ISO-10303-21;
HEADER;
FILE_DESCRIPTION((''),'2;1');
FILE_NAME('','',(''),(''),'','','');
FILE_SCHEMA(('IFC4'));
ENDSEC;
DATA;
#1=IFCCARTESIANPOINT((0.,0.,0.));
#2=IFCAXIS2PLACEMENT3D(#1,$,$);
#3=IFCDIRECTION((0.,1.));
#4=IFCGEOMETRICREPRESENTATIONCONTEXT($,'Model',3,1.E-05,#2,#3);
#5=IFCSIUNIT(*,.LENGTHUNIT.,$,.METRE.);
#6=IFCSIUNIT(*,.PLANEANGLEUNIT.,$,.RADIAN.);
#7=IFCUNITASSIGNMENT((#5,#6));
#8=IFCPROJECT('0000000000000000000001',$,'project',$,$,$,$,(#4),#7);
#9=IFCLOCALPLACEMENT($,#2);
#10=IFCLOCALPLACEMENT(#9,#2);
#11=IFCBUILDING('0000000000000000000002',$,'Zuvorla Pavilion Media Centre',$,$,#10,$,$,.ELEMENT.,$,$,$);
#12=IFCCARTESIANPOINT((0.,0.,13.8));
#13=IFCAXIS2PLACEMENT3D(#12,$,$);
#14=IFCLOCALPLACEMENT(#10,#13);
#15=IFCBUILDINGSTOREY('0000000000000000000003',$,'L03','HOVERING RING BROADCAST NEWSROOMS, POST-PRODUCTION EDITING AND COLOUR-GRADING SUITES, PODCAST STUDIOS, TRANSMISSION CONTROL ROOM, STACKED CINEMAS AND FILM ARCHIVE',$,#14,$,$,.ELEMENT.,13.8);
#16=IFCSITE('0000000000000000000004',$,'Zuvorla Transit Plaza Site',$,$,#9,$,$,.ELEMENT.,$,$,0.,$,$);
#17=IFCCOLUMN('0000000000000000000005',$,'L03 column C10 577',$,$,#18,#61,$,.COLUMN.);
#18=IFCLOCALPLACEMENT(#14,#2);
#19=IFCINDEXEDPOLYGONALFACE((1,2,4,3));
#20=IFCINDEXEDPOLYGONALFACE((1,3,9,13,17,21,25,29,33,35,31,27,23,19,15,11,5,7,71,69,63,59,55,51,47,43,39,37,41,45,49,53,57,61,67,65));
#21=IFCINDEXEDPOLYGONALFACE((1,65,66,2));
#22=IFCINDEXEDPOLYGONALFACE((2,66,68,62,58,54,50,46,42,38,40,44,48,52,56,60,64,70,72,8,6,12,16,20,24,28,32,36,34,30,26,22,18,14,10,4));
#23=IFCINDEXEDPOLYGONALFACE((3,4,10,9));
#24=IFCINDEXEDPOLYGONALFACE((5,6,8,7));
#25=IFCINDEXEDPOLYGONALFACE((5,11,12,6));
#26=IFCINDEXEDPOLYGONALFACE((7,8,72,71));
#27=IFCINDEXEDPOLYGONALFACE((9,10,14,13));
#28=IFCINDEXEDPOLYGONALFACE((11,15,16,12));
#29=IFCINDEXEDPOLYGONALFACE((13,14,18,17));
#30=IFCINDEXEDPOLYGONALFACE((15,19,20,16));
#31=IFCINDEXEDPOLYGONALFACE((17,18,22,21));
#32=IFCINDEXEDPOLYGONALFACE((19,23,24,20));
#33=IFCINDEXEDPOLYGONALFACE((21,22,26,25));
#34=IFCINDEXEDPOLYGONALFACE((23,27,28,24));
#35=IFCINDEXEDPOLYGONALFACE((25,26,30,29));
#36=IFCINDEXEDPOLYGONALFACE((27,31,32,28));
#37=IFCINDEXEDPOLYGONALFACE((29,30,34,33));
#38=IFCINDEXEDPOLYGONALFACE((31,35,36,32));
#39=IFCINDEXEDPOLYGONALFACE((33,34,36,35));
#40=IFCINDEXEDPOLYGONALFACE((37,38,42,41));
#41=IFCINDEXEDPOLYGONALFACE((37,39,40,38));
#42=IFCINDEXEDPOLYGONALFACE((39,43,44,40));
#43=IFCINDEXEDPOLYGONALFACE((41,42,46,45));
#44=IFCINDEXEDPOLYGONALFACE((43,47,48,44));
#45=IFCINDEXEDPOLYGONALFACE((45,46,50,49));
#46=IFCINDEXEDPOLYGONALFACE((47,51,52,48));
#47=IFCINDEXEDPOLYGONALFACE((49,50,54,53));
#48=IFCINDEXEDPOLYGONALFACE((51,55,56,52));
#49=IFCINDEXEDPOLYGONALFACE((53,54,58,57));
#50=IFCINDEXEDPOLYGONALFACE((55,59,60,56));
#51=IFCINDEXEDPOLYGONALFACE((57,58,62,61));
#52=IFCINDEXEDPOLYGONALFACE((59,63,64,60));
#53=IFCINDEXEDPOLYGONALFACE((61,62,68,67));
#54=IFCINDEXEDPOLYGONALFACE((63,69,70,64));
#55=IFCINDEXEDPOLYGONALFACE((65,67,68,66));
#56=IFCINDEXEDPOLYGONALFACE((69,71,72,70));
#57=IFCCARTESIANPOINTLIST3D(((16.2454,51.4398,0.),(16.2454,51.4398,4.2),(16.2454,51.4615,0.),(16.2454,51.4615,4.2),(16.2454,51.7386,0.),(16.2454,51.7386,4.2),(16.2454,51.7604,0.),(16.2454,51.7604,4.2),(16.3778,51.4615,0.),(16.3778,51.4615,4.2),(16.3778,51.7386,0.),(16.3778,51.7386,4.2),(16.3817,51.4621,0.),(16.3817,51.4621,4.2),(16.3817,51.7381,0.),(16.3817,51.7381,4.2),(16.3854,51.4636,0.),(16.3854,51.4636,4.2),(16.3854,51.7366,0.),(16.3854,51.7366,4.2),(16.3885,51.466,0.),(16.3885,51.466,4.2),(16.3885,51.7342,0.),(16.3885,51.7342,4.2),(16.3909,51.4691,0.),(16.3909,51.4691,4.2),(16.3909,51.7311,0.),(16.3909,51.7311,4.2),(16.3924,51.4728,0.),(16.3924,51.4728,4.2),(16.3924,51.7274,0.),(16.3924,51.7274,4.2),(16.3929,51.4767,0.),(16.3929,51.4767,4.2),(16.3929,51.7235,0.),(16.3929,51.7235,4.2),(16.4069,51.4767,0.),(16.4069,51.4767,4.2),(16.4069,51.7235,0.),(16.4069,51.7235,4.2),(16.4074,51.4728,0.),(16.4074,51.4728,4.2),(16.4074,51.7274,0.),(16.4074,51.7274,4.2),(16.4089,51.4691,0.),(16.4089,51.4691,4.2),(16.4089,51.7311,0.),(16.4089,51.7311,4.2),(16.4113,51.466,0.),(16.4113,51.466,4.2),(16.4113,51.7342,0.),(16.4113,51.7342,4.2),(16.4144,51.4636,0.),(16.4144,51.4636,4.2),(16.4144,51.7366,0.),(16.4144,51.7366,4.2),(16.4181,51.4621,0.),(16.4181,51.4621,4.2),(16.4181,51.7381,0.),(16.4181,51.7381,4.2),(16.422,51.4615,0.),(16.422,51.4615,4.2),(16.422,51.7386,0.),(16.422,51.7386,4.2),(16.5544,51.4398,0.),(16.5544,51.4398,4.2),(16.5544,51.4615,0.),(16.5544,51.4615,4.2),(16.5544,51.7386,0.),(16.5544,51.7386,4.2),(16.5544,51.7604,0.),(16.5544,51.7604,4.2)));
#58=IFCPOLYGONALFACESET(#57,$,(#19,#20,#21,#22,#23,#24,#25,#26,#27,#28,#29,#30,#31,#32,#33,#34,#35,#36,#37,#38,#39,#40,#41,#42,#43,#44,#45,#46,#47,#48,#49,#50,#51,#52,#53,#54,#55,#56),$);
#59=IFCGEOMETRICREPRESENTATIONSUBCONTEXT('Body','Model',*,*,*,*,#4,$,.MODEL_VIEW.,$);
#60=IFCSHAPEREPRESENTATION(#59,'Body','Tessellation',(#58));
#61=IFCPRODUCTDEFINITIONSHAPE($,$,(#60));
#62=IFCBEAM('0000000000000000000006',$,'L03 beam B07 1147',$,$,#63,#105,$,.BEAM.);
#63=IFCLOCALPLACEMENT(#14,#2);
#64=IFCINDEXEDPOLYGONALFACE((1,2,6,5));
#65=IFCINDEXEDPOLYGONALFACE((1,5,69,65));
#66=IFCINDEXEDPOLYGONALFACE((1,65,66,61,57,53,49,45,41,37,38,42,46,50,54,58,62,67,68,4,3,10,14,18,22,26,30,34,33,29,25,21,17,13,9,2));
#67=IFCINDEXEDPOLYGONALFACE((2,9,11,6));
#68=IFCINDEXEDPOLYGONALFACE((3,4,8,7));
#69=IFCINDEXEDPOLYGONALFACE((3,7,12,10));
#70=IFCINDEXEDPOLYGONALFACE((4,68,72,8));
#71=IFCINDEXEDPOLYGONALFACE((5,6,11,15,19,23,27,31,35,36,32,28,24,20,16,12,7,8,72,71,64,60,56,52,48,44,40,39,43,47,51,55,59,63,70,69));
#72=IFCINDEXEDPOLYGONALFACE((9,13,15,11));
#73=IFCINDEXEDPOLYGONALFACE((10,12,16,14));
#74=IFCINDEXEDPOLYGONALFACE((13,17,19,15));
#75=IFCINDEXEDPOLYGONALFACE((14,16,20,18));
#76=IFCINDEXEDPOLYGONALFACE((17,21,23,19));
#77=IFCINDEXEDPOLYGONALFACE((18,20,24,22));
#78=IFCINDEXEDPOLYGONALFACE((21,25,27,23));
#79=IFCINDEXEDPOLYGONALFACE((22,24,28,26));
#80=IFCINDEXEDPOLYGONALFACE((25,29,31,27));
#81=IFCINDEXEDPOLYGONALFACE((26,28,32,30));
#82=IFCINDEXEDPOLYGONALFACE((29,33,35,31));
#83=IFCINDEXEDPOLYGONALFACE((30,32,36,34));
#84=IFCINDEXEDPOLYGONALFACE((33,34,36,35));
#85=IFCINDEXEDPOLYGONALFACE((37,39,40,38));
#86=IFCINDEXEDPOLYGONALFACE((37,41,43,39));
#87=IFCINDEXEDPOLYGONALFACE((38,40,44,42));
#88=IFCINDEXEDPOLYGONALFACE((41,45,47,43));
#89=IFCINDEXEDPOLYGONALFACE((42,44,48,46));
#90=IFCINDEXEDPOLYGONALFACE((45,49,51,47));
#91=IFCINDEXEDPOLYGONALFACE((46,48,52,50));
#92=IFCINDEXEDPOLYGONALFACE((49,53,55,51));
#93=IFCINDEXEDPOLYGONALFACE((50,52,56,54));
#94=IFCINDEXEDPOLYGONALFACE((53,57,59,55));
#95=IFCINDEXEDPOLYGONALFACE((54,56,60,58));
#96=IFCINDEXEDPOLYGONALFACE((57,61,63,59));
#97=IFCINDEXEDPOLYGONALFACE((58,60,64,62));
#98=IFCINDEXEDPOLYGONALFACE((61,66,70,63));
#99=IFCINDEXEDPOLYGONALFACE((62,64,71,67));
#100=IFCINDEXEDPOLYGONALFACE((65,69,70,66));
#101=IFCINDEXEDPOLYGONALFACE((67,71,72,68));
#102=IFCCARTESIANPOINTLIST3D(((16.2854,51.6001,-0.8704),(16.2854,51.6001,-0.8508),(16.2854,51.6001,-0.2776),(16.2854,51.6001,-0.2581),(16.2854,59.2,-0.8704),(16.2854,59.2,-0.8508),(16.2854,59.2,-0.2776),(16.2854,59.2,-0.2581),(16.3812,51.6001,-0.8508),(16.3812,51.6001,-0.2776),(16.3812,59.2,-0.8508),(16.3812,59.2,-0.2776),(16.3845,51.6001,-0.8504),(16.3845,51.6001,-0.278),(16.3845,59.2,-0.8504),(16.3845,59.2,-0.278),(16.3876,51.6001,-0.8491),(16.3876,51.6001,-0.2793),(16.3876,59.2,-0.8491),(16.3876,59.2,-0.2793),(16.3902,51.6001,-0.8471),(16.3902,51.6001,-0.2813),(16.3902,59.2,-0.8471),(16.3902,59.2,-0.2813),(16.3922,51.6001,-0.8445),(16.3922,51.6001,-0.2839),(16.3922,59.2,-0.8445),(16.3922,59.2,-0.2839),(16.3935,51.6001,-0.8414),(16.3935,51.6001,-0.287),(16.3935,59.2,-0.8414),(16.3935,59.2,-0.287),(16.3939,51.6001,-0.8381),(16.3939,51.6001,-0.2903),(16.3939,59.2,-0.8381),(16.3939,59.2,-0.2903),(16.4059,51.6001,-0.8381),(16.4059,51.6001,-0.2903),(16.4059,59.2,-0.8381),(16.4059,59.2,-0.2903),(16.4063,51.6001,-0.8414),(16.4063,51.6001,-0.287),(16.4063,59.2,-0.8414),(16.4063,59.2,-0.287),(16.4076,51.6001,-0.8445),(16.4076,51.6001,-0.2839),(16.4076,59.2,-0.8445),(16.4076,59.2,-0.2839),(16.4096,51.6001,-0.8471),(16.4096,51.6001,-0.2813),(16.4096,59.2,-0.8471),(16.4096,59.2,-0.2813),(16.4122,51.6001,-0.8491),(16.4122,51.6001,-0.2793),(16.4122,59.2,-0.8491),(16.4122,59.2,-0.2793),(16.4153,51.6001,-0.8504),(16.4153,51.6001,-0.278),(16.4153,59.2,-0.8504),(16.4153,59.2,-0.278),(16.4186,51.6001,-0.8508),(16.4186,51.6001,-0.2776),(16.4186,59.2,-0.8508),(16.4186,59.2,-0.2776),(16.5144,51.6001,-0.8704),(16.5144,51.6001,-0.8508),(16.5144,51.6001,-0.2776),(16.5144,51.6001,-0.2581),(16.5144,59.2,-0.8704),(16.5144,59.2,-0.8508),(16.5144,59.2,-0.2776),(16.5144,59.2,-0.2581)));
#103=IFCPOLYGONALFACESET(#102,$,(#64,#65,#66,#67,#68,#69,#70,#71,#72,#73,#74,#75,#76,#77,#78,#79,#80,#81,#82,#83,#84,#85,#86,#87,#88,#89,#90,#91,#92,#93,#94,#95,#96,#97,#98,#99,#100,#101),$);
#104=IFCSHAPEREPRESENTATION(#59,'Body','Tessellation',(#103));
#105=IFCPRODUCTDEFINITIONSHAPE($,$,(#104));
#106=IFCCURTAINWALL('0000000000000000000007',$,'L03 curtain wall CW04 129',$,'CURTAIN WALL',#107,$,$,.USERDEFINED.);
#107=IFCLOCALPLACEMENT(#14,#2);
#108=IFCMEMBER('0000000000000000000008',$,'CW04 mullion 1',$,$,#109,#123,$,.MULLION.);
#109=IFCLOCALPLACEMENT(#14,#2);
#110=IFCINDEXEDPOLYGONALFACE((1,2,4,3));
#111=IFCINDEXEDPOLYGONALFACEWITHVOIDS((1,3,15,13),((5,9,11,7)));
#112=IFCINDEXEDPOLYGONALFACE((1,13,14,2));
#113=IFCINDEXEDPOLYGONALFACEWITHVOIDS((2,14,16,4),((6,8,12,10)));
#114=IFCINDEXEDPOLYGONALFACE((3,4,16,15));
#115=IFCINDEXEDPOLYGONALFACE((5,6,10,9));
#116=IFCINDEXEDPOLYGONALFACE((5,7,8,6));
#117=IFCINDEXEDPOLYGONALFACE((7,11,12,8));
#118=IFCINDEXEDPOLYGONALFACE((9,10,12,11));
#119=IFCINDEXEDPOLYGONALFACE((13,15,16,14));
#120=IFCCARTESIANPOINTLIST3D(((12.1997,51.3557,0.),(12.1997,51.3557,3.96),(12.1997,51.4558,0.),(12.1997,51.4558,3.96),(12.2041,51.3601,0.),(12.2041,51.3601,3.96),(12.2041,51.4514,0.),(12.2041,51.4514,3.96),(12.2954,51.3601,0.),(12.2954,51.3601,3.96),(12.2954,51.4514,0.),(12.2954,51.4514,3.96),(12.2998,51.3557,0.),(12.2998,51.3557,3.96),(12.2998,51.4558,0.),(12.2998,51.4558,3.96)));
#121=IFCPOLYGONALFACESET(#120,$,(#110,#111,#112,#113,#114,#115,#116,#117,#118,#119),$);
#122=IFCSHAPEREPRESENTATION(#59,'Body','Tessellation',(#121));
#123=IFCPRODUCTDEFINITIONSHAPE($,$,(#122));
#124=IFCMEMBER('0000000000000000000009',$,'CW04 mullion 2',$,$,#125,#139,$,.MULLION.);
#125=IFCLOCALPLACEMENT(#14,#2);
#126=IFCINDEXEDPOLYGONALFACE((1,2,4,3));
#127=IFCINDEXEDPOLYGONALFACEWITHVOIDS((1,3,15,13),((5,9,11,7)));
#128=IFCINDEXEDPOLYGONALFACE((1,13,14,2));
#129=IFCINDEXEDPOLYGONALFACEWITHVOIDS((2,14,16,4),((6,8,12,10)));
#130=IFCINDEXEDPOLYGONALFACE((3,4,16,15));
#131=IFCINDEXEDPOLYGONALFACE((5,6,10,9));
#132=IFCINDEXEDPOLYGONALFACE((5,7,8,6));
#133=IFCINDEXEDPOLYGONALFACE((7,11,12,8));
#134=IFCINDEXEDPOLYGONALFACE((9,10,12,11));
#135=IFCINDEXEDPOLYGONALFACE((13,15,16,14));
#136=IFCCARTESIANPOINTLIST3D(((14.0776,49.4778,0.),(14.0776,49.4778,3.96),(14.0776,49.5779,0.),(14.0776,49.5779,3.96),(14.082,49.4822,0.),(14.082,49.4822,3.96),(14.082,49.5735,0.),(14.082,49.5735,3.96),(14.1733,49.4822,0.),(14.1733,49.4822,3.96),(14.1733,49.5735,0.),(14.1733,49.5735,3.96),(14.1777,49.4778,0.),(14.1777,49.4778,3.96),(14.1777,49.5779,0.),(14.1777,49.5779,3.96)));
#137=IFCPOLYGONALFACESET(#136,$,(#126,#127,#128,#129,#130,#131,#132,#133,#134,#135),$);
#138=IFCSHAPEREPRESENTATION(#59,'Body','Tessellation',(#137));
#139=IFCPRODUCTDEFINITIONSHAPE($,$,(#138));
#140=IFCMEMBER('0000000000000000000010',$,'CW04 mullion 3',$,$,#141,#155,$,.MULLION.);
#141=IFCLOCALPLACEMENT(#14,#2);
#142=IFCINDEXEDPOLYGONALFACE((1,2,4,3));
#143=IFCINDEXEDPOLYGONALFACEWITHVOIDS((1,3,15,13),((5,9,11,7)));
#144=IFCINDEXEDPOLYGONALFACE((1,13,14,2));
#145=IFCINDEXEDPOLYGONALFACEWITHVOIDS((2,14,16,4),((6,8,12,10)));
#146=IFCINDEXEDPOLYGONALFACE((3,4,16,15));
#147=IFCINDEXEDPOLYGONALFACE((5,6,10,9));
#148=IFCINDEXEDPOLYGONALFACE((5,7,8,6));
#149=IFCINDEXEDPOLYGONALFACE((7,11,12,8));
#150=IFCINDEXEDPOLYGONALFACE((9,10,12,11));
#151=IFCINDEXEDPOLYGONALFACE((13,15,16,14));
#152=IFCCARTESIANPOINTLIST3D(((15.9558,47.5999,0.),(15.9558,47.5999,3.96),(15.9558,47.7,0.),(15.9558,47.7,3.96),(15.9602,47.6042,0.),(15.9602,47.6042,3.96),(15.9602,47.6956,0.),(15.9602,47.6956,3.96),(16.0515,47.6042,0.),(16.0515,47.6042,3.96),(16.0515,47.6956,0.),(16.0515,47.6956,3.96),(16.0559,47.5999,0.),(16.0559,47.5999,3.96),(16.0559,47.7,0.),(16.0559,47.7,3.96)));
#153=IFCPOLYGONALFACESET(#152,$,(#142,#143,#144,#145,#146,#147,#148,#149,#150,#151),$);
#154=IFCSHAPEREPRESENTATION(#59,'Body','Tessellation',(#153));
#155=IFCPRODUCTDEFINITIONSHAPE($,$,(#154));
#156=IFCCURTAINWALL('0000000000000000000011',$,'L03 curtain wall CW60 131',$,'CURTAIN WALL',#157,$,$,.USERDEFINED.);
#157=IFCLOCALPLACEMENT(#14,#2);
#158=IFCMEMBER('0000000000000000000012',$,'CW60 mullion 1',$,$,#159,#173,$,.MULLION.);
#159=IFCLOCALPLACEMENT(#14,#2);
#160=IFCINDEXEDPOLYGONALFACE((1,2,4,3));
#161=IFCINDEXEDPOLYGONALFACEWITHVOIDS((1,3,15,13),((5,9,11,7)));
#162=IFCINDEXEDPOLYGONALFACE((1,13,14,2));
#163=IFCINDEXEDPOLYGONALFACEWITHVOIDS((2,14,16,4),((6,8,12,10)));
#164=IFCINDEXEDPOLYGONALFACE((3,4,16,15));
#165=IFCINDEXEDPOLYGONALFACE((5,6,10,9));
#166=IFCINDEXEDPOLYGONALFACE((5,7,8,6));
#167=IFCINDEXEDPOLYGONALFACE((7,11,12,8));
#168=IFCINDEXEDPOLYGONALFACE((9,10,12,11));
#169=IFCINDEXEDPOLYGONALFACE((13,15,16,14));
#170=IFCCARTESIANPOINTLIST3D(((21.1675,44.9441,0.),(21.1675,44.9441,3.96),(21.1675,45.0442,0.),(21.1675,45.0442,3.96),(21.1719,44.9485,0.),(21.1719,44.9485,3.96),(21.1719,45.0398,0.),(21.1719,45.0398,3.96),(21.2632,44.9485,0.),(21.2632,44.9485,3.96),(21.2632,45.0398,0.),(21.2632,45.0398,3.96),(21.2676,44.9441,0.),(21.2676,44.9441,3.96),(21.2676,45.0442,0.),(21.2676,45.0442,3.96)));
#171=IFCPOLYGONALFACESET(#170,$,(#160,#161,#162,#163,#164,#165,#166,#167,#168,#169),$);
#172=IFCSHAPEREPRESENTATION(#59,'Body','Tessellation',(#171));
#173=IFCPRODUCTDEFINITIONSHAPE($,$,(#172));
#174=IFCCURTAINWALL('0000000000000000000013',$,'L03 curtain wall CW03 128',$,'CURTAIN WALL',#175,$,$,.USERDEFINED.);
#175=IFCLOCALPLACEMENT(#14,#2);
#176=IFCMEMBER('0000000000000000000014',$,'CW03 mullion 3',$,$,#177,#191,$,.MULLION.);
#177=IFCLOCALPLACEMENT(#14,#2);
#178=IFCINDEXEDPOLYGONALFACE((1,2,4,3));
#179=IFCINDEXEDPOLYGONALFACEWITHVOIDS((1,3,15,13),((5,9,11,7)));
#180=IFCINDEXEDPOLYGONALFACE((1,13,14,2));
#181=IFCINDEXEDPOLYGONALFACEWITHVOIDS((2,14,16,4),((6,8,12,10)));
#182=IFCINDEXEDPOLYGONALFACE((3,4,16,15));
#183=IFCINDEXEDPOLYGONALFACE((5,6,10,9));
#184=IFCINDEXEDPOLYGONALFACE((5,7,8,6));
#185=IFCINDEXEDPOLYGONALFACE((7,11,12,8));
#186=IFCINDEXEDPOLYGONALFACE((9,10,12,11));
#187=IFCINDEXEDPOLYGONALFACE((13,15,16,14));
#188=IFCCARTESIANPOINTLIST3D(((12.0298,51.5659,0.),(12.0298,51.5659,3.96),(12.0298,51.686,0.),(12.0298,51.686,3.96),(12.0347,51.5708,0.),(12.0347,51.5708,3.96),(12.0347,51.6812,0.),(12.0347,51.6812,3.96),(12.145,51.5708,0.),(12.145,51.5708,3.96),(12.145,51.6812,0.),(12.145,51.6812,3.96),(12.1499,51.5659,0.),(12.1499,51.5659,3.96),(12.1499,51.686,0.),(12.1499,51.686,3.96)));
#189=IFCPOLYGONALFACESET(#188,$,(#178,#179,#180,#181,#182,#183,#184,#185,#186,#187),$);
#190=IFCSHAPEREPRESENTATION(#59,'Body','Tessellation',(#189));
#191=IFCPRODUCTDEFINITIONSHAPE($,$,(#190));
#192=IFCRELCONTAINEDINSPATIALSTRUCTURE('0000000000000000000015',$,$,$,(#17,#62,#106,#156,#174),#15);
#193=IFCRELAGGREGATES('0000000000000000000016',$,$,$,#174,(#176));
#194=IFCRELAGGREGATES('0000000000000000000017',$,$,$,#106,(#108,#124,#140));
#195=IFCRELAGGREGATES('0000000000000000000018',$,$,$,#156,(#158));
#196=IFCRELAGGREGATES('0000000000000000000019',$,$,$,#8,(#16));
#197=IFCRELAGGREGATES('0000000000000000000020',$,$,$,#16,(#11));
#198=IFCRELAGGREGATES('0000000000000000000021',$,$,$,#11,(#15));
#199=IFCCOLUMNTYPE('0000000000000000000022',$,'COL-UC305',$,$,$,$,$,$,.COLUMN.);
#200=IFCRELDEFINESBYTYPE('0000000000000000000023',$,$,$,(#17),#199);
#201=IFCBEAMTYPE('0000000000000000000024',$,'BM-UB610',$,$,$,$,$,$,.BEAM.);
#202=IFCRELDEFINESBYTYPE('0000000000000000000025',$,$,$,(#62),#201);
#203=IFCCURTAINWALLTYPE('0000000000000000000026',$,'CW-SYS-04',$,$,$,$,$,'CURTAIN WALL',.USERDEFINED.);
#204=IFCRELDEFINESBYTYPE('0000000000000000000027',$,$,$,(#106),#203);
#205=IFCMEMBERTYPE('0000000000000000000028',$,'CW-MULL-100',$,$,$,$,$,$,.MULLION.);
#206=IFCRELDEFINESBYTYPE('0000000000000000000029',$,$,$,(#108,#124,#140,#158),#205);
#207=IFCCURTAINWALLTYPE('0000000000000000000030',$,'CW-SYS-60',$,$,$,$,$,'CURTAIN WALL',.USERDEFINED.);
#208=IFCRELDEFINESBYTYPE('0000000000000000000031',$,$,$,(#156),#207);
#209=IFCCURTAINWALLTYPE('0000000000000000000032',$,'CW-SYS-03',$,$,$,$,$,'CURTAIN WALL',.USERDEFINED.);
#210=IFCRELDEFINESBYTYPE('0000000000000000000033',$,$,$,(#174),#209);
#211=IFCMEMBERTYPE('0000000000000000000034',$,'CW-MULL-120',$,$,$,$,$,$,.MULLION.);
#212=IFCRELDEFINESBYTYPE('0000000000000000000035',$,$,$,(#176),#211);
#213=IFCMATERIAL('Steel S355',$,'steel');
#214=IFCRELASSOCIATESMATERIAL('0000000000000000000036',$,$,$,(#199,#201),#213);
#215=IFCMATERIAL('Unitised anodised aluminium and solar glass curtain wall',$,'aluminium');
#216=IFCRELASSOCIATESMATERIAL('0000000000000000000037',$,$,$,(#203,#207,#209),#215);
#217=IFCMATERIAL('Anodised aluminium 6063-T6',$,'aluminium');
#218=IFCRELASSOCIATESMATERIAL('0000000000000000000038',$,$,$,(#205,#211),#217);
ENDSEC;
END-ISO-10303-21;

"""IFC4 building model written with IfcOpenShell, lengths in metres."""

from ifc_helpers import new_model, si_unit, direction, frame, origin, origin_2d, place, context, subcontext, project, spatial, hollow_rectangle, i_section, extrude, material, material_profile, profile_set, type_object, element, aggregate, save


model = new_model("IFC4")

# Units and contexts
model_context = context("Model", 3, precision=1e-05, world=origin(), true_north=direction((0.0, 1.0)))
body_context = subcontext(model_context, "Body", "Model", "MODEL_VIEW")
ifc_project = project(units=[si_unit("LENGTHUNIT", "METRE"), si_unit("PLANEANGLEUNIT", "RADIAN")], contexts=[model_context])

# Site, building, storey
site_placement = place(None, origin())
site = spatial("IfcSite", under=ifc_project, at=site_placement, Name="Zuvorla Transit Plaza Site", CompositionType="ELEMENT", RefElevation=0.0)
building_placement = place(site_placement, origin())
building = spatial("IfcBuilding", under=site, at=building_placement, Name="Zuvorla Pavilion Media Centre", CompositionType="ELEMENT")
storey_placement = place(building_placement, frame((0.0, 0.0, 13.8)))
storey = spatial("IfcBuildingStorey", under=building, at=storey_placement, Name="L03", Description="HOVERING RING BROADCAST NEWSROOMS, POST-PRODUCTION EDITING AND COLOUR-GRADING SUITES, PODCAST STUDIOS, TRANSMISSION CONTROL ROOM, STACKED CINEMAS AND FILM ARCHIVE", CompositionType="ELEMENT", Elevation=13.8)

# Column
ifc_material_1 = material(Name="Steel S355", Category="steel")
ifc_material_profile_1 = material_profile(ifc_material_1, i_section(OverallWidth=0.3091, OverallDepth=0.3206, WebThickness=0.0139, FlangeThickness=0.0217, FilletRadius=0.0151, at=origin_2d()), Name="UC 305x305x137")
ifc_profile_set_1 = profile_set([ifc_material_profile_1], Name="Steel S355")
column_type = type_object("IfcColumnType", Name="COL-UC305", PredefinedType="COLUMN", material=ifc_profile_set_1)
column_placement = place(storey_placement, frame((16.3999, 51.6001, 0.0), z_axis=(0.0, 0.0, 1.0), x_axis=(1.0, 0.0, 0.0)))
element("IfcColumn", 1, at=column_placement, inside=storey, type_object=column_type, Name="L03 column C10 577", PredefinedType="COLUMN", context=body_context, shape_type="SweptSolid", body=[
    extrude(i_section(OverallWidth=0.3091, OverallDepth=0.3206, WebThickness=0.0139, FlangeThickness=0.0217, FilletRadius=0.0151, at=origin_2d()), origin(), (0.0, 0.0, 1.0), 4.2),
])

# Beam
ifc_material_profile_2 = material_profile(ifc_material_1, i_section(OverallWidth=0.229, OverallDepth=0.6123, WebThickness=0.012, FlangeThickness=0.0195, FilletRadius=0.0127, at=origin_2d()), Name="UB 610x229x125")
ifc_profile_set_2 = profile_set([ifc_material_profile_2], Name="Steel S355")
beam_type = type_object("IfcBeamType", Name="BM-UB610", PredefinedType="BEAM", material=ifc_profile_set_2)
beam_placement = place(storey_placement, frame((16.3999, 51.6001, -0.5642), z_axis=(0.0, 1.0, 0.0), x_axis=(-1.0, 0.0, 0.0)))
element("IfcBeam", 2, at=beam_placement, inside=storey, type_object=beam_type, Name="L03 beam B07 1147", PredefinedType="BEAM", context=body_context, shape_type="SweptSolid", body=[
    extrude(i_section(OverallWidth=0.229, OverallDepth=0.6123, WebThickness=0.012, FlangeThickness=0.0195, FilletRadius=0.0127, at=origin_2d()), origin(), (0.0, 0.0, 1.0), 7.5999),
])

# Curtain wall, members
ifc_material_2 = material(Name="Unitised anodised aluminium and solar glass curtain wall", Category="aluminium")
curtain_wall_type_1 = type_object("IfcCurtainWallType", Name="CW-SYS-04", ElementType="CURTAIN WALL", PredefinedType="USERDEFINED", material=ifc_material_2)
curtain_wall_1_placement = place(storey_placement, origin())
curtain_wall_1 = element("IfcCurtainWall", 3, at=curtain_wall_1_placement, inside=storey, type_object=curtain_wall_type_1, Name="L03 curtain wall CW04 129", ObjectType="CURTAIN WALL", PredefinedType="USERDEFINED")
ifc_material_3 = material(Name="Anodised aluminium 6063-T6", Category="aluminium")
ifc_material_profile_3 = material_profile(ifc_material_3, hollow_rectangle(XDim=0.1001, YDim=0.1001, WallThickness=0.0044, at=origin_2d()), Name="ALU MULL 100x100")
ifc_profile_set_3 = profile_set([ifc_material_profile_3], Name="Anodised aluminium 6063-T6")
member_type_1 = type_object("IfcMemberType", Name="CW-MULL-100", PredefinedType="MULLION", material=ifc_profile_set_3)
member_1_placement = place(storey_placement, frame((12.2498, 51.4058, 0.0), z_axis=(0.0, 0.0, 1.0), x_axis=(1.0, 0.0, 0.0)))
member_1 = element("IfcMember", 4, at=member_1_placement, type_object=member_type_1, Name="CW04 mullion 1", PredefinedType="MULLION", context=body_context, shape_type="SweptSolid", body=[
    extrude(hollow_rectangle(XDim=0.1001, YDim=0.1001, WallThickness=0.0044, at=origin_2d()), origin(), (0.0, 0.0, 1.0), 3.96),
])
member_2_placement = place(storey_placement, frame((14.1277, 49.5278, 0.0), z_axis=(0.0, 0.0, 1.0), x_axis=(1.0, 0.0, 0.0)))
member_2 = element("IfcMember", 5, at=member_2_placement, type_object=member_type_1, Name="CW04 mullion 2", PredefinedType="MULLION", context=body_context, shape_type="SweptSolid", body=[
    extrude(hollow_rectangle(XDim=0.1001, YDim=0.1001, WallThickness=0.0044, at=origin_2d()), origin(), (0.0, 0.0, 1.0), 3.96),
])
member_3_placement = place(storey_placement, frame((16.0059, 47.6499, 0.0), z_axis=(0.0, 0.0, 1.0), x_axis=(1.0, 0.0, 0.0)))
member_3 = element("IfcMember", 6, at=member_3_placement, type_object=member_type_1, Name="CW04 mullion 3", PredefinedType="MULLION", context=body_context, shape_type="SweptSolid", body=[
    extrude(hollow_rectangle(XDim=0.1001, YDim=0.1001, WallThickness=0.0044, at=origin_2d()), origin(), (0.0, 0.0, 1.0), 3.96),
])

# Curtain walls, members
curtain_wall_type_2 = type_object("IfcCurtainWallType", Name="CW-SYS-60", ElementType="CURTAIN WALL", PredefinedType="USERDEFINED", material=ifc_material_2)
curtain_wall_2_placement = place(storey_placement, origin())
curtain_wall_2 = element("IfcCurtainWall", 7, at=curtain_wall_2_placement, inside=storey, type_object=curtain_wall_type_2, Name="L03 curtain wall CW60 131", ObjectType="CURTAIN WALL", PredefinedType="USERDEFINED")
member_4_placement = place(storey_placement, frame((21.2175, 44.9941, 0.0), z_axis=(0.0, 0.0, 1.0), x_axis=(1.0, 0.0, 0.0)))
member_4 = element("IfcMember", 8, at=member_4_placement, type_object=member_type_1, Name="CW60 mullion 1", PredefinedType="MULLION", context=body_context, shape_type="SweptSolid", body=[
    extrude(hollow_rectangle(XDim=0.1001, YDim=0.1001, WallThickness=0.0044, at=origin_2d()), origin(), (0.0, 0.0, 1.0), 3.96),
])
curtain_wall_type_3 = type_object("IfcCurtainWallType", Name="CW-SYS-03", ElementType="CURTAIN WALL", PredefinedType="USERDEFINED", material=ifc_material_2)
curtain_wall_3_placement = place(storey_placement, origin())
curtain_wall_3 = element("IfcCurtainWall", 9, at=curtain_wall_3_placement, inside=storey, type_object=curtain_wall_type_3, Name="L03 curtain wall CW03 128", ObjectType="CURTAIN WALL", PredefinedType="USERDEFINED")
ifc_material_profile_4 = material_profile(ifc_material_3, hollow_rectangle(XDim=0.1201, YDim=0.1201, WallThickness=0.0049, at=origin_2d()), Name="ALU MULL 120x120")
ifc_profile_set_4 = profile_set([ifc_material_profile_4], Name="Anodised aluminium 6063-T6")
member_type_2 = type_object("IfcMemberType", Name="CW-MULL-120", PredefinedType="MULLION", material=ifc_profile_set_4)
member_5_placement = place(storey_placement, frame((12.0898, 51.626, 0.0), z_axis=(0.0, 0.0, 1.0), x_axis=(1.0, 0.0, 0.0)))
member_5 = element("IfcMember", 10, at=member_5_placement, type_object=member_type_2, Name="CW03 mullion 3", PredefinedType="MULLION", context=body_context, shape_type="SweptSolid", body=[
    extrude(hollow_rectangle(XDim=0.1201, YDim=0.1201, WallThickness=0.0049, at=origin_2d()), origin(), (0.0, 0.0, 1.0), 3.96),
])
aggregate(curtain_wall_3, [member_5])

aggregate(curtain_wall_1, [member_1, member_2, member_3])
aggregate(curtain_wall_2, [member_4])

save(model, "model.ifc")
